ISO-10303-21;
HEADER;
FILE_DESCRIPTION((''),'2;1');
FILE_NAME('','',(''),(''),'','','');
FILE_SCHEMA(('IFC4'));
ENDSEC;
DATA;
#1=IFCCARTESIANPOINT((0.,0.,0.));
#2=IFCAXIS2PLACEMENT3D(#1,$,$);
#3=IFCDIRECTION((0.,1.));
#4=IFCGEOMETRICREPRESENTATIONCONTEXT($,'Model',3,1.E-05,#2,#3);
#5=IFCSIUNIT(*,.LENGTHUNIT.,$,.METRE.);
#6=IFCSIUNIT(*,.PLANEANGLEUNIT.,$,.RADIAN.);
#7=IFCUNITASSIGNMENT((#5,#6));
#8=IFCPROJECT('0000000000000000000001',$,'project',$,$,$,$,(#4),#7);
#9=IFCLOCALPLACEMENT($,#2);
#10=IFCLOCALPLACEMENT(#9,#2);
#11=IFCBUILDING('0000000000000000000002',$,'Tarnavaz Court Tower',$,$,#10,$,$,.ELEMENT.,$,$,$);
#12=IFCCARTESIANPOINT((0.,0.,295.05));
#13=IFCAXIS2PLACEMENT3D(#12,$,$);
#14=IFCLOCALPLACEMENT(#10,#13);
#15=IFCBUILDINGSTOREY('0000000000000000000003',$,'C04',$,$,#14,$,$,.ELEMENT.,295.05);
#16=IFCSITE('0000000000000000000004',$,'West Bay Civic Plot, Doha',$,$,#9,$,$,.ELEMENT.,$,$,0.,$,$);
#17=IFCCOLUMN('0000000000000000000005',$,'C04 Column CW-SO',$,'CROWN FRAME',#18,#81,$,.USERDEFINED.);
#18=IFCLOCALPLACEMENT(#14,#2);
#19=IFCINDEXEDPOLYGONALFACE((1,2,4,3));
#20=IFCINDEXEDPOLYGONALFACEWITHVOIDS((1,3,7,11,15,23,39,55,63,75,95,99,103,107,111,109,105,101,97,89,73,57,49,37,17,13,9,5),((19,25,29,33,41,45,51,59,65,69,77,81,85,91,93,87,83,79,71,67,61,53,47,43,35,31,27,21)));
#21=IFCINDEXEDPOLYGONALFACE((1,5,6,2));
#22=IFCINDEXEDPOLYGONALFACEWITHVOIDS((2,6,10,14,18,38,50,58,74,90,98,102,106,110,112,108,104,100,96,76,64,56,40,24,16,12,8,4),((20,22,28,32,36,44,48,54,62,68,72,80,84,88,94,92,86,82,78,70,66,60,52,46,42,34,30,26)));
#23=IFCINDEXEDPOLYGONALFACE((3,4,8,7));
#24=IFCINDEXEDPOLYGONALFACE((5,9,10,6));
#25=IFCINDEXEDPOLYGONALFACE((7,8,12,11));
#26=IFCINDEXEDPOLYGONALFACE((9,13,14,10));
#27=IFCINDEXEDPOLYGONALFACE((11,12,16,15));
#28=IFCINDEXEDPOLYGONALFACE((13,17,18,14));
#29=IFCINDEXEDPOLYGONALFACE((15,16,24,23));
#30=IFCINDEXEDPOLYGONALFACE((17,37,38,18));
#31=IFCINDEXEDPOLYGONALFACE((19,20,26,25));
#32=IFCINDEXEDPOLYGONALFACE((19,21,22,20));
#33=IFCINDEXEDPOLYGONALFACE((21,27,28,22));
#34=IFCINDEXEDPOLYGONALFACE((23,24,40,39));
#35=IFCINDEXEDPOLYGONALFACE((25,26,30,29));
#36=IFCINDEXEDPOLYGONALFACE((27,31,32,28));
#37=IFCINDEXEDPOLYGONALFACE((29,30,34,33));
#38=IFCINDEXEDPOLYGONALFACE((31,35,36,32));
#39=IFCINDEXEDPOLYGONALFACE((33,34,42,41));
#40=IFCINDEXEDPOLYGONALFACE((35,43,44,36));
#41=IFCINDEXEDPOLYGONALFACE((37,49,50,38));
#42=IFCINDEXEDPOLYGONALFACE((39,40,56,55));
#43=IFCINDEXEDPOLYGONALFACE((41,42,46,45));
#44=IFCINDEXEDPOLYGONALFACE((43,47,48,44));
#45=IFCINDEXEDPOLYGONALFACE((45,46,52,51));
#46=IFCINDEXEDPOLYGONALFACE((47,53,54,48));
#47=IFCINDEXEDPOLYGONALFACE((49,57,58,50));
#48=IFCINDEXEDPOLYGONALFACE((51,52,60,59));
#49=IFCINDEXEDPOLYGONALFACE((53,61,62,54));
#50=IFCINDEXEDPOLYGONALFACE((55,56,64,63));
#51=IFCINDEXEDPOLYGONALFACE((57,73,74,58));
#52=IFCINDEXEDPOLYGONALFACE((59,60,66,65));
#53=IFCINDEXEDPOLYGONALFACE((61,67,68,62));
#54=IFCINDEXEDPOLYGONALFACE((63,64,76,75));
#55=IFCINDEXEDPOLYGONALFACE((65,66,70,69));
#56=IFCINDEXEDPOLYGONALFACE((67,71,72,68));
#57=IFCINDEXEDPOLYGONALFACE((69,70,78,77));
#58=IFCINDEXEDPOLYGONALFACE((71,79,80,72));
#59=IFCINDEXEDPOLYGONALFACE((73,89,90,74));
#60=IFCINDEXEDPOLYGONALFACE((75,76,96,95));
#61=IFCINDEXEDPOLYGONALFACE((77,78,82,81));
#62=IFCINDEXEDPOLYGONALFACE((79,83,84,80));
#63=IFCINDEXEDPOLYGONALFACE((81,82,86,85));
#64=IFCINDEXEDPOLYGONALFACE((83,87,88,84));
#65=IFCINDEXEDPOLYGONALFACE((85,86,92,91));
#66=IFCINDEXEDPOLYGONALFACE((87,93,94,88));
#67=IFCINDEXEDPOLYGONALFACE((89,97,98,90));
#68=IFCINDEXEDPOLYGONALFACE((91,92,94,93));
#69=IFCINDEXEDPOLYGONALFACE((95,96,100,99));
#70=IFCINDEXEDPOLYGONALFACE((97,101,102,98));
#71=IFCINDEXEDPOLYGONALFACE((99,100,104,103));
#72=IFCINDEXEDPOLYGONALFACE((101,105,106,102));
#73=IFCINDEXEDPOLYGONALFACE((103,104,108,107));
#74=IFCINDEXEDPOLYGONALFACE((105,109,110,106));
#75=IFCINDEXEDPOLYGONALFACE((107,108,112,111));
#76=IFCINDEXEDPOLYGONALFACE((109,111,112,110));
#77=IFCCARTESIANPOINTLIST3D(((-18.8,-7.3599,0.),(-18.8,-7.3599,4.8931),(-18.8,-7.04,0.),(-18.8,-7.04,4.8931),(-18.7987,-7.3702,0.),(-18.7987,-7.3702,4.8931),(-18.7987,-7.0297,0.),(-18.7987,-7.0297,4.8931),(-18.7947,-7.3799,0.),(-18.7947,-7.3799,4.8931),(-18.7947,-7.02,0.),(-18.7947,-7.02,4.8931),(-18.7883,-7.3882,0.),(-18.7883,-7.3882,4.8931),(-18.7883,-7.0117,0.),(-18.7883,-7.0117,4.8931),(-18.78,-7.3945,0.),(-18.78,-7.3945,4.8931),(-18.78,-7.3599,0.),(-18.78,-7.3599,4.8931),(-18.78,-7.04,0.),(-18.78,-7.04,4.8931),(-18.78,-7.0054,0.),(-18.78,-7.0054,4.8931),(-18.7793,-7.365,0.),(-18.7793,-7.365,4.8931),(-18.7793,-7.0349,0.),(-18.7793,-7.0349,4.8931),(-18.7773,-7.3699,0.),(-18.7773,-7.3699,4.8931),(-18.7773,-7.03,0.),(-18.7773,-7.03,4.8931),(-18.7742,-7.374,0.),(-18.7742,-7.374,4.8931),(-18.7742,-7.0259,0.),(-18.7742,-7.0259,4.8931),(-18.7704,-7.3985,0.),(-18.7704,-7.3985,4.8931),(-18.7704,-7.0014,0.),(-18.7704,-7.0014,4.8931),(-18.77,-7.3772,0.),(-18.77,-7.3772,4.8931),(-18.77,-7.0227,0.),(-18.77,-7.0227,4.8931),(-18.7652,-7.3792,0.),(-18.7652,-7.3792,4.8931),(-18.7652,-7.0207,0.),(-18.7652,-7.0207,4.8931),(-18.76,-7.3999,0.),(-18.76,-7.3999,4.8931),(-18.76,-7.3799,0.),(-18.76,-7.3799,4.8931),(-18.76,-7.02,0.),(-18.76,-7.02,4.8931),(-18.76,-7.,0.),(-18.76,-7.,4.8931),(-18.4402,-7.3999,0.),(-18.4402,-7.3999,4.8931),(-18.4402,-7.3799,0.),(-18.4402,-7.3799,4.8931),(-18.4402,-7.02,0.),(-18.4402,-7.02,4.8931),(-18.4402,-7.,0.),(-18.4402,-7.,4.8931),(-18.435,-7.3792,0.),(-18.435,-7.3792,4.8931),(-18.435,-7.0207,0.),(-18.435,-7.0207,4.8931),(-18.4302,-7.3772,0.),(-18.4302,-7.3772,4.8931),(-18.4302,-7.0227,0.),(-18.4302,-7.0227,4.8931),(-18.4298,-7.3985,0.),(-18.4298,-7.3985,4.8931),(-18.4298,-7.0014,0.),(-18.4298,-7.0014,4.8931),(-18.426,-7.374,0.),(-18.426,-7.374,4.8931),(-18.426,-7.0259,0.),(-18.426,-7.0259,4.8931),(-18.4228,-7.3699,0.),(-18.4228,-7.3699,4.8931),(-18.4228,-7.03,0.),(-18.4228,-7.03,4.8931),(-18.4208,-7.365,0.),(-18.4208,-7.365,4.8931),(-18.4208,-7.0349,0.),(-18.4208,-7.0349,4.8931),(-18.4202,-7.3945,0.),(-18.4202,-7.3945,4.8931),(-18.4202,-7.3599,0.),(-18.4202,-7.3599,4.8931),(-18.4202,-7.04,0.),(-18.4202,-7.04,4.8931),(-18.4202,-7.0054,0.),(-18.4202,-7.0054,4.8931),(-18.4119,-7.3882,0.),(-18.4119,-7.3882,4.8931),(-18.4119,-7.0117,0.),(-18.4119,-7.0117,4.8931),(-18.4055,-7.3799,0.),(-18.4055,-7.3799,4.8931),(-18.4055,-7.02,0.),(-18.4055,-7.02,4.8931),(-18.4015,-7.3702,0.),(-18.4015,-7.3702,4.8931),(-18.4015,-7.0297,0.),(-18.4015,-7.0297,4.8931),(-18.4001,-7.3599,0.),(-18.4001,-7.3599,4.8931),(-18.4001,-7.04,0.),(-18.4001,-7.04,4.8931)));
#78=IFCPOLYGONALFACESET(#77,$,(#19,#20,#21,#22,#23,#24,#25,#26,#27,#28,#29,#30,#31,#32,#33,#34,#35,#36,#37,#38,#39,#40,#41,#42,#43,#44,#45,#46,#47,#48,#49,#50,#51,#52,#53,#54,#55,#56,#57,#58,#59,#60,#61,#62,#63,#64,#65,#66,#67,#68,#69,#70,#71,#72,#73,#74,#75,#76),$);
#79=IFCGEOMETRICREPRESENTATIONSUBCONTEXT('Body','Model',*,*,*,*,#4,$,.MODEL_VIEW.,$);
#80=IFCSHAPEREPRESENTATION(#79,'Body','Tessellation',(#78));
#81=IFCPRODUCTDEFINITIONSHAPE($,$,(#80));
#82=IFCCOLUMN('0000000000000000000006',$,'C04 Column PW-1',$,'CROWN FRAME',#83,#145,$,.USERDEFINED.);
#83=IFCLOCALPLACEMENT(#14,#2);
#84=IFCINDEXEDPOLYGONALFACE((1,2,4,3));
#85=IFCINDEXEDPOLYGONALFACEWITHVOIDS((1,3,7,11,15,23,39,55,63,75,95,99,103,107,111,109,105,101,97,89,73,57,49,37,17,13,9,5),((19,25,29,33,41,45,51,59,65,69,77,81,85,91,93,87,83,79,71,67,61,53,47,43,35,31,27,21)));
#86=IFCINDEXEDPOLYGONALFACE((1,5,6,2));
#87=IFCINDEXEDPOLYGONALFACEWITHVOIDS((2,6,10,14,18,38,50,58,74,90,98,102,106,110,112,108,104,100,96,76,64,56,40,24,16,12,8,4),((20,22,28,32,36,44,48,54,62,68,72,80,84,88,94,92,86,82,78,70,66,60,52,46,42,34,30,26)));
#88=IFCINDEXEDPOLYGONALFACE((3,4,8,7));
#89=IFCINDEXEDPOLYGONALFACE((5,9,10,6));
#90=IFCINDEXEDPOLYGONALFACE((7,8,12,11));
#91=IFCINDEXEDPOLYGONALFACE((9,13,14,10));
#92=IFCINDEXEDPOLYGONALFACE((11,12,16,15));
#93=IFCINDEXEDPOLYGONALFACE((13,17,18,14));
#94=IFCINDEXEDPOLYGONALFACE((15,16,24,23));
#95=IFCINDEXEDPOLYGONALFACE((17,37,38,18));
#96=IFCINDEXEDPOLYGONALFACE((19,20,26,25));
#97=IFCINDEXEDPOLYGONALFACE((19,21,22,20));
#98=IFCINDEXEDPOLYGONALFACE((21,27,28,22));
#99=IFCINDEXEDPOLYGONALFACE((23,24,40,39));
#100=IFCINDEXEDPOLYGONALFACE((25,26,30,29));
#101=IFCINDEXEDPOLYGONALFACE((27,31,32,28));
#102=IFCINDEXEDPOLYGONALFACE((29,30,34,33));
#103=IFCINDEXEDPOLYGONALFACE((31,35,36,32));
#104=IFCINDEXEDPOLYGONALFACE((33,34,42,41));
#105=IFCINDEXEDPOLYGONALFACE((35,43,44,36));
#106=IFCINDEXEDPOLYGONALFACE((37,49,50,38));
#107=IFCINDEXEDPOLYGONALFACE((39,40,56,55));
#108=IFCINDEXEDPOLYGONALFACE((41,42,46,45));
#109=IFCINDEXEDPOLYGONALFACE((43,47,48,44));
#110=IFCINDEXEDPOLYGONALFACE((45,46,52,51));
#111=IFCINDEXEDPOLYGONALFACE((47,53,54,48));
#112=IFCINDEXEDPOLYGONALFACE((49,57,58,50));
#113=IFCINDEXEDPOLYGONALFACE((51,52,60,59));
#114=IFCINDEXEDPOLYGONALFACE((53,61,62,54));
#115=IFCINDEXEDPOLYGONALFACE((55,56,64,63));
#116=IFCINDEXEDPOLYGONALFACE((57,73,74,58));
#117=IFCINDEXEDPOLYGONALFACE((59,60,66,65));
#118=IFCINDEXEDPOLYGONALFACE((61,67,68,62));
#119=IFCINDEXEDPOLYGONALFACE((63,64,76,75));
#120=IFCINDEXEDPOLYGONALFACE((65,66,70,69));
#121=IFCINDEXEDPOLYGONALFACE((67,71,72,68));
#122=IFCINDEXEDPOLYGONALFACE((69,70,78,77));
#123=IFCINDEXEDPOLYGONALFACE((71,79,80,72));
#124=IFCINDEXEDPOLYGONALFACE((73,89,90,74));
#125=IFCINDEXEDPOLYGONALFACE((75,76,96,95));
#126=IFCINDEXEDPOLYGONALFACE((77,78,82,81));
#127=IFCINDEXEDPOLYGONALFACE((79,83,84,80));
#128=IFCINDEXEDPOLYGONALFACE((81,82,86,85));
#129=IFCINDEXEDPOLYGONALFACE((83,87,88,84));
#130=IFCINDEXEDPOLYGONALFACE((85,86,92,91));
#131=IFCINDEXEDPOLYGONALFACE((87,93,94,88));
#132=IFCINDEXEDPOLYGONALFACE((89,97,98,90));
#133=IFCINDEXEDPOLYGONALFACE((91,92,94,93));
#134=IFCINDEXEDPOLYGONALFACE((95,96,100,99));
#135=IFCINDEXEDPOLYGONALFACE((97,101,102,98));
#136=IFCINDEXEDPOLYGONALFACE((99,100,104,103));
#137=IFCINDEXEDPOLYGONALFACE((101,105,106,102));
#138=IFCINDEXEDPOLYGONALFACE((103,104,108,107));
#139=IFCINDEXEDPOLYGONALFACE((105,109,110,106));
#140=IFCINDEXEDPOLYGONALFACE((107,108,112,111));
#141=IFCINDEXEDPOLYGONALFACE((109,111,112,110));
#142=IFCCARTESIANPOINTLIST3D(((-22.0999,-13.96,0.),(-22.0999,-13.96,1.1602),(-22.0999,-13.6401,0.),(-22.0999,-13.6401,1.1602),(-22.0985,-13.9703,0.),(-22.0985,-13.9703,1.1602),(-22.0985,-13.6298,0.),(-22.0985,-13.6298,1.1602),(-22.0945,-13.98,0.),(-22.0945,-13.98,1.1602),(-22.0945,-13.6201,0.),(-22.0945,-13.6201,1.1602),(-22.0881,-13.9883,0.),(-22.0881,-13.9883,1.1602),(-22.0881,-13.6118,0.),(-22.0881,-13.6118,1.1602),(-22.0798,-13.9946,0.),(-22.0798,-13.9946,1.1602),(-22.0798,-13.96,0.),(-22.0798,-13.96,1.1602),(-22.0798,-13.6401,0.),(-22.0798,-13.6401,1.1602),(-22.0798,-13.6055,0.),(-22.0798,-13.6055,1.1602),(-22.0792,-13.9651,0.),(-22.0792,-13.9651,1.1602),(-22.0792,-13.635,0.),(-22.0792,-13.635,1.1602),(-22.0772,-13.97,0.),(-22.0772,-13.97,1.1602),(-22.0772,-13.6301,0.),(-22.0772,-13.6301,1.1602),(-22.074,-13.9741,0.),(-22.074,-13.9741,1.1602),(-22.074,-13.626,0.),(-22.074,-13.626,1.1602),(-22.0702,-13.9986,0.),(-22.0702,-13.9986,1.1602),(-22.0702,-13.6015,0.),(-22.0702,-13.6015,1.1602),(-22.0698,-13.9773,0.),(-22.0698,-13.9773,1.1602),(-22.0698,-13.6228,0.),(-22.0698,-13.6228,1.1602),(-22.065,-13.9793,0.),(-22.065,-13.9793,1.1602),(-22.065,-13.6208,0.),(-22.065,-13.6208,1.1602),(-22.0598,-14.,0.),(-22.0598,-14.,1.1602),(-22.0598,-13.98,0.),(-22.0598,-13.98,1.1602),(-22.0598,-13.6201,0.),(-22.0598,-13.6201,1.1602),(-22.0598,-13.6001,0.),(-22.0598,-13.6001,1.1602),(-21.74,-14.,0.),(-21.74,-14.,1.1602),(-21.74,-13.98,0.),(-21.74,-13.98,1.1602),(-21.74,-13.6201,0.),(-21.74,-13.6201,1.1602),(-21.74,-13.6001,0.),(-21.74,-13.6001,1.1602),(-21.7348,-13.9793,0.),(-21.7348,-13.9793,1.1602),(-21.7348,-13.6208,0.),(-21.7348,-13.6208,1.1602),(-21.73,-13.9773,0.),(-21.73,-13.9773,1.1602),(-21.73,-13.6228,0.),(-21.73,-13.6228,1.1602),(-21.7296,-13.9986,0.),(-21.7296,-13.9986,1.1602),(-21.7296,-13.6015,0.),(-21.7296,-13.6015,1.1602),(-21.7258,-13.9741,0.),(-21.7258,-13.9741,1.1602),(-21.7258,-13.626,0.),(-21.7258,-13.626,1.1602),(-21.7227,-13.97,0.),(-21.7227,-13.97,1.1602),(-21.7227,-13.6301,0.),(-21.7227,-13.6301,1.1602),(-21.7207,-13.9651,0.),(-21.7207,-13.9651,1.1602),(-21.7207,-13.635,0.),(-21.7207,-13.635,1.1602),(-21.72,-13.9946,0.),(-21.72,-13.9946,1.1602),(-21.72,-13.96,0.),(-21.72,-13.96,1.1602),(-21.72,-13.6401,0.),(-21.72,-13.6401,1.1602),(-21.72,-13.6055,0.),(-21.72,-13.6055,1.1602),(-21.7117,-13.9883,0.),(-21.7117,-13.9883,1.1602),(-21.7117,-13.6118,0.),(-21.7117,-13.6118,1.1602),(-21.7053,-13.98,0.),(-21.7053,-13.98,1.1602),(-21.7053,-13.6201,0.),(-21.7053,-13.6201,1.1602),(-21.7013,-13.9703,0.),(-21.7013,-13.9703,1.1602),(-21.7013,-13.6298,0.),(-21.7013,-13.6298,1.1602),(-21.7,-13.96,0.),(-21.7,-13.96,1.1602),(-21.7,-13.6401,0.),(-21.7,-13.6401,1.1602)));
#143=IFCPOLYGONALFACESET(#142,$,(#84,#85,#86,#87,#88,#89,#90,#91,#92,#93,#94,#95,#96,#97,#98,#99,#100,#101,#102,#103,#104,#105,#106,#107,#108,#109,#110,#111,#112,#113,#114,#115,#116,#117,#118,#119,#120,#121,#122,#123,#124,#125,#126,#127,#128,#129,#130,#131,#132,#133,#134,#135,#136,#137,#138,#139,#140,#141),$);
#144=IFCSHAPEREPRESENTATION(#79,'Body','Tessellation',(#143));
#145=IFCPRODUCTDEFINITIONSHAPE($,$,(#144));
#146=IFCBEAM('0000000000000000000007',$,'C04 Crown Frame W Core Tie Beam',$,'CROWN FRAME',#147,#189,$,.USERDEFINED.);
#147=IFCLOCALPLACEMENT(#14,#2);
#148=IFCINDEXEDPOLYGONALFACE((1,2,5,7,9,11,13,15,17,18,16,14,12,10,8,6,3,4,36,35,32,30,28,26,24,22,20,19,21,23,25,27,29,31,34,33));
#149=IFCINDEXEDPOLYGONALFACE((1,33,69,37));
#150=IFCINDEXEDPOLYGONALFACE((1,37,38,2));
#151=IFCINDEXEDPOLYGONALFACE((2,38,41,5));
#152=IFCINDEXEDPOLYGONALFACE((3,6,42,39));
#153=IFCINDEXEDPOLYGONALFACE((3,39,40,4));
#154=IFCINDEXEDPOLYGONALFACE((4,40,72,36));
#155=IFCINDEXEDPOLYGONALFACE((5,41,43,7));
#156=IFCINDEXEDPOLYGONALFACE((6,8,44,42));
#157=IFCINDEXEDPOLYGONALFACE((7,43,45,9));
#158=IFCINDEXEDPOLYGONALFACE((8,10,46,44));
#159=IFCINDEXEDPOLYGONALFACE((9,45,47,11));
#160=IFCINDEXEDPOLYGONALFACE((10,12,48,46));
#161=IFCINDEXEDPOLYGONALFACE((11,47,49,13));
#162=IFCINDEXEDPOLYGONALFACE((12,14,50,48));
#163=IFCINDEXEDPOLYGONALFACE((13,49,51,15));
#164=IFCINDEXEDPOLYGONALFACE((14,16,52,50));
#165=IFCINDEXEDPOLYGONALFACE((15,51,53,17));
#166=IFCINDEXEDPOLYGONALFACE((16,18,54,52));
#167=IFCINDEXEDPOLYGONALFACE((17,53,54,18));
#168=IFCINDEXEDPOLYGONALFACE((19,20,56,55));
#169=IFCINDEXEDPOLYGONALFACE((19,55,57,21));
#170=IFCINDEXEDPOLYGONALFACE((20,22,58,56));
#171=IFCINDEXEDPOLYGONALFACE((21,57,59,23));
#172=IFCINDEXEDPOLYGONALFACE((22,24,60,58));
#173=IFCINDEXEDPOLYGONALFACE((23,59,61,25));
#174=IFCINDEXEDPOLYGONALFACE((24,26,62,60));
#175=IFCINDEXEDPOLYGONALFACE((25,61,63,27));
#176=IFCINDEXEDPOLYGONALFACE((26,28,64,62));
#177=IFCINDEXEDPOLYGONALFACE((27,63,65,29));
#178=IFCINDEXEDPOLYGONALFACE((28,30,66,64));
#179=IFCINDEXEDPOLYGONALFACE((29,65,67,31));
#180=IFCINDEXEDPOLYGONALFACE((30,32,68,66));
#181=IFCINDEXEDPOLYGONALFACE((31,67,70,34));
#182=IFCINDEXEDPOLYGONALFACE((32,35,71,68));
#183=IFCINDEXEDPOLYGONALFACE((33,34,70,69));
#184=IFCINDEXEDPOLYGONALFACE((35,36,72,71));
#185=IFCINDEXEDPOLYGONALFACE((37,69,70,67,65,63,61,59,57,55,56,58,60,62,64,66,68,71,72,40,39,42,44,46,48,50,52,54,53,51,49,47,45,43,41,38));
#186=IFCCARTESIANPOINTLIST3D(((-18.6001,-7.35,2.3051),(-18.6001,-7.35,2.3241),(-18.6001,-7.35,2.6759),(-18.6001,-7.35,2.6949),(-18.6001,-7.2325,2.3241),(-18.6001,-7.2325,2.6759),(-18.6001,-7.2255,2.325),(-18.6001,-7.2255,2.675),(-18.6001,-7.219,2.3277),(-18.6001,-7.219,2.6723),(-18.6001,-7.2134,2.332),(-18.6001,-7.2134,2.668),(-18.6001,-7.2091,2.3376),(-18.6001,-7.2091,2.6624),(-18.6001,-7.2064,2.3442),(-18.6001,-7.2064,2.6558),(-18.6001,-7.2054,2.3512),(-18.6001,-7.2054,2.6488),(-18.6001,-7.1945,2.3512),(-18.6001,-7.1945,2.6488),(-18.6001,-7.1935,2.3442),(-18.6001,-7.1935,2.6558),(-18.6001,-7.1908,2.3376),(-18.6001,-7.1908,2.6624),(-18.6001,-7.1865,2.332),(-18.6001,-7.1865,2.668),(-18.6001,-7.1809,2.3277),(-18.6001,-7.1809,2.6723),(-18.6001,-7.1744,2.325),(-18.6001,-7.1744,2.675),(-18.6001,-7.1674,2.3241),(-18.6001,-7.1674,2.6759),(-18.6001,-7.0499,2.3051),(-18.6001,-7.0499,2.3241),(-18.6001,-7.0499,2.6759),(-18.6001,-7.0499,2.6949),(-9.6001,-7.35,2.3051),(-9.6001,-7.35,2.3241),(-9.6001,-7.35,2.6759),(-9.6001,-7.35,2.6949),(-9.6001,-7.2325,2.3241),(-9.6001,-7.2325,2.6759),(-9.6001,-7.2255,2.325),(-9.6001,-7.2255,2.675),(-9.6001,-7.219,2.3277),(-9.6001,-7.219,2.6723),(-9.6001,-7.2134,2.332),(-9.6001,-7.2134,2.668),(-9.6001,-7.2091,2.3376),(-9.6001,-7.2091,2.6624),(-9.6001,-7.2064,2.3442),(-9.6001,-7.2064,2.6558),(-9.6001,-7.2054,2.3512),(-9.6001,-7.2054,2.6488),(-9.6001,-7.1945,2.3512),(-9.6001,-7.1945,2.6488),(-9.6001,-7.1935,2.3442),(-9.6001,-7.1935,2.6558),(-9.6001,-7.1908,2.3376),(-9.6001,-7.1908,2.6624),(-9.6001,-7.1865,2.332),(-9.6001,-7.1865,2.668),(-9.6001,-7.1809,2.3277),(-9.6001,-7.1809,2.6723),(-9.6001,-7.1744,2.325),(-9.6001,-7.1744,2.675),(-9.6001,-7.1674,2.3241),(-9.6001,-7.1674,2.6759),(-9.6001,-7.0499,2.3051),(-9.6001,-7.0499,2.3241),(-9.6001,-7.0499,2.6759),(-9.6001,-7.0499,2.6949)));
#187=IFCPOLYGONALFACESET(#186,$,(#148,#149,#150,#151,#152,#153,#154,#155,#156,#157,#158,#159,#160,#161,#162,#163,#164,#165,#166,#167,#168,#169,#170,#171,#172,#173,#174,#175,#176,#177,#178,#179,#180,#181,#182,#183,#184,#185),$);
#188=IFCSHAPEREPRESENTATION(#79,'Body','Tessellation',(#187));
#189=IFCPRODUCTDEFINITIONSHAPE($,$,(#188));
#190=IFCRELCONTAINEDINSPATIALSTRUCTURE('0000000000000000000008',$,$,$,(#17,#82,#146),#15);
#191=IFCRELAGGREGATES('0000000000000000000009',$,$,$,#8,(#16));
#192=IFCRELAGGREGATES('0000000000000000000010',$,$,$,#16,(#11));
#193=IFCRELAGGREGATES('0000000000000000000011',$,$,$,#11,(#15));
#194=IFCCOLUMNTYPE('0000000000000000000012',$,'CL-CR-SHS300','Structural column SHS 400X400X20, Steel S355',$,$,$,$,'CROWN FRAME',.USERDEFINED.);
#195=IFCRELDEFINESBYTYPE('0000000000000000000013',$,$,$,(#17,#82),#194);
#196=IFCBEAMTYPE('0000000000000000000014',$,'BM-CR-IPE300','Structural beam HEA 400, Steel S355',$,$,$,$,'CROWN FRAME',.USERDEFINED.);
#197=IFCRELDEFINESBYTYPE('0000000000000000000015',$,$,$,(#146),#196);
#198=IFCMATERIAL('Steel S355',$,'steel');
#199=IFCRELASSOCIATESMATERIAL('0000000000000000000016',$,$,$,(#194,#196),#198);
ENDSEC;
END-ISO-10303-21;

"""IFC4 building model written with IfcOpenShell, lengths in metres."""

from ifc_helpers import new_model, si_unit, direction, frame, origin, origin_2d, place, context, subcontext, project, spatial, hollow_rectangle, i_section, extrude, material, material_profile, profile_set, type_object, element, save


model = new_model("IFC4")

# Units and contexts
model_context = context("Model", 3, precision=1e-05, world=origin(), true_north=direction((0.0, 1.0)))
body_context = subcontext(model_context, "Body", "Model", "MODEL_VIEW")
ifc_project = project(units=[si_unit("LENGTHUNIT", "METRE"), si_unit("PLANEANGLEUNIT", "RADIAN")], contexts=[model_context])

# Site, building, storey
site_placement = place(None, origin())
site = spatial("IfcSite", under=ifc_project, at=site_placement, Name="West Bay Civic Plot, Doha", CompositionType="ELEMENT", RefElevation=0.0)
building_placement = place(site_placement, origin())
building = spatial("IfcBuilding", under=site, at=building_placement, Name="Tarnavaz Court Tower", CompositionType="ELEMENT")
storey_placement = place(building_placement, frame((0.0, 0.0, 295.05)))
storey = spatial("IfcBuildingStorey", under=building, at=storey_placement, Name="C04", CompositionType="ELEMENT", Elevation=295.05)

# Columns
ifc_material_1 = material(Name="Steel S355", Category="steel")
ifc_material_profile_1 = material_profile(ifc_material_1, hollow_rectangle(XDim=0.3999, YDim=0.3999, WallThickness=0.02, InnerFilletRadius=0.02, OuterFilletRadius=0.04, at=origin_2d()), Name="SHS 400X400X20")
ifc_profile_set_1 = profile_set([ifc_material_profile_1], Name="Steel S355")
column_type = type_object("IfcColumnType", Name="CL-CR-SHS300", Description="Structural column SHS 400X400X20, Steel S355", ElementType="CROWN FRAME", PredefinedType="USERDEFINED", material=ifc_profile_set_1)
column_1_placement = place(storey_placement, frame((-18.6001, -7.2, 0.0), z_axis=(0.0, 0.0, 1.0), x_axis=(1.0, 0.0, 0.0)))
element("IfcColumn", 1, at=column_1_placement, inside=storey, type_object=column_type, Name="C04 Column CW-SO", ObjectType="CROWN FRAME", PredefinedType="USERDEFINED", context=body_context, shape_type="SweptSolid", body=[
    extrude(hollow_rectangle(XDim=0.3999, YDim=0.3999, WallThickness=0.02, InnerFilletRadius=0.02, OuterFilletRadius=0.04, at=origin_2d()), origin(), (0.0, 0.0, 1.0), 4.8931),
])
column_2_placement = place(storey_placement, frame((-21.8999, -13.8, 0.0), z_axis=(0.0, 0.0, 1.0), x_axis=(1.0, 0.0, 0.0)))
element("IfcColumn", 2, at=column_2_placement, inside=storey, type_object=column_type, Name="C04 Column PW-1", ObjectType="CROWN FRAME", PredefinedType="USERDEFINED", context=body_context, shape_type="SweptSolid", body=[
    extrude(hollow_rectangle(XDim=0.3999, YDim=0.3999, WallThickness=0.02, InnerFilletRadius=0.02, OuterFilletRadius=0.04, at=origin_2d()), origin(), (0.0, 0.0, 1.0), 1.1602),
])

# Beam
ifc_material_profile_2 = material_profile(ifc_material_1, i_section(OverallWidth=0.3, OverallDepth=0.3899, WebThickness=0.011, FlangeThickness=0.019, FilletRadius=0.0271, at=origin_2d()), Name="HEA 400")
ifc_profile_set_2 = profile_set([ifc_material_profile_2], Name="Steel S355")
beam_type = type_object("IfcBeamType", Name="BM-CR-IPE300", Description="Structural beam HEA 400, Steel S355", ElementType="CROWN FRAME", PredefinedType="USERDEFINED", material=ifc_profile_set_2)
beam_placement = place(storey_placement, frame((-18.6001, -7.2, 2.5), z_axis=(1.0, 0.0, 0.0), x_axis=(0.0, 1.0, 0.0)))
element("IfcBeam", 3, at=beam_placement, inside=storey, type_object=beam_type, Name="C04 Crown Frame W Core Tie Beam", ObjectType="CROWN FRAME", PredefinedType="USERDEFINED", context=body_context, shape_type="SweptSolid", body=[
    extrude(i_section(OverallWidth=0.3, OverallDepth=0.3899, WebThickness=0.011, FlangeThickness=0.019, FilletRadius=0.0271, at=origin_2d()), origin(), (0.0, 0.0, 1.0), 9.0),
])

save(model, "model.ifc")
